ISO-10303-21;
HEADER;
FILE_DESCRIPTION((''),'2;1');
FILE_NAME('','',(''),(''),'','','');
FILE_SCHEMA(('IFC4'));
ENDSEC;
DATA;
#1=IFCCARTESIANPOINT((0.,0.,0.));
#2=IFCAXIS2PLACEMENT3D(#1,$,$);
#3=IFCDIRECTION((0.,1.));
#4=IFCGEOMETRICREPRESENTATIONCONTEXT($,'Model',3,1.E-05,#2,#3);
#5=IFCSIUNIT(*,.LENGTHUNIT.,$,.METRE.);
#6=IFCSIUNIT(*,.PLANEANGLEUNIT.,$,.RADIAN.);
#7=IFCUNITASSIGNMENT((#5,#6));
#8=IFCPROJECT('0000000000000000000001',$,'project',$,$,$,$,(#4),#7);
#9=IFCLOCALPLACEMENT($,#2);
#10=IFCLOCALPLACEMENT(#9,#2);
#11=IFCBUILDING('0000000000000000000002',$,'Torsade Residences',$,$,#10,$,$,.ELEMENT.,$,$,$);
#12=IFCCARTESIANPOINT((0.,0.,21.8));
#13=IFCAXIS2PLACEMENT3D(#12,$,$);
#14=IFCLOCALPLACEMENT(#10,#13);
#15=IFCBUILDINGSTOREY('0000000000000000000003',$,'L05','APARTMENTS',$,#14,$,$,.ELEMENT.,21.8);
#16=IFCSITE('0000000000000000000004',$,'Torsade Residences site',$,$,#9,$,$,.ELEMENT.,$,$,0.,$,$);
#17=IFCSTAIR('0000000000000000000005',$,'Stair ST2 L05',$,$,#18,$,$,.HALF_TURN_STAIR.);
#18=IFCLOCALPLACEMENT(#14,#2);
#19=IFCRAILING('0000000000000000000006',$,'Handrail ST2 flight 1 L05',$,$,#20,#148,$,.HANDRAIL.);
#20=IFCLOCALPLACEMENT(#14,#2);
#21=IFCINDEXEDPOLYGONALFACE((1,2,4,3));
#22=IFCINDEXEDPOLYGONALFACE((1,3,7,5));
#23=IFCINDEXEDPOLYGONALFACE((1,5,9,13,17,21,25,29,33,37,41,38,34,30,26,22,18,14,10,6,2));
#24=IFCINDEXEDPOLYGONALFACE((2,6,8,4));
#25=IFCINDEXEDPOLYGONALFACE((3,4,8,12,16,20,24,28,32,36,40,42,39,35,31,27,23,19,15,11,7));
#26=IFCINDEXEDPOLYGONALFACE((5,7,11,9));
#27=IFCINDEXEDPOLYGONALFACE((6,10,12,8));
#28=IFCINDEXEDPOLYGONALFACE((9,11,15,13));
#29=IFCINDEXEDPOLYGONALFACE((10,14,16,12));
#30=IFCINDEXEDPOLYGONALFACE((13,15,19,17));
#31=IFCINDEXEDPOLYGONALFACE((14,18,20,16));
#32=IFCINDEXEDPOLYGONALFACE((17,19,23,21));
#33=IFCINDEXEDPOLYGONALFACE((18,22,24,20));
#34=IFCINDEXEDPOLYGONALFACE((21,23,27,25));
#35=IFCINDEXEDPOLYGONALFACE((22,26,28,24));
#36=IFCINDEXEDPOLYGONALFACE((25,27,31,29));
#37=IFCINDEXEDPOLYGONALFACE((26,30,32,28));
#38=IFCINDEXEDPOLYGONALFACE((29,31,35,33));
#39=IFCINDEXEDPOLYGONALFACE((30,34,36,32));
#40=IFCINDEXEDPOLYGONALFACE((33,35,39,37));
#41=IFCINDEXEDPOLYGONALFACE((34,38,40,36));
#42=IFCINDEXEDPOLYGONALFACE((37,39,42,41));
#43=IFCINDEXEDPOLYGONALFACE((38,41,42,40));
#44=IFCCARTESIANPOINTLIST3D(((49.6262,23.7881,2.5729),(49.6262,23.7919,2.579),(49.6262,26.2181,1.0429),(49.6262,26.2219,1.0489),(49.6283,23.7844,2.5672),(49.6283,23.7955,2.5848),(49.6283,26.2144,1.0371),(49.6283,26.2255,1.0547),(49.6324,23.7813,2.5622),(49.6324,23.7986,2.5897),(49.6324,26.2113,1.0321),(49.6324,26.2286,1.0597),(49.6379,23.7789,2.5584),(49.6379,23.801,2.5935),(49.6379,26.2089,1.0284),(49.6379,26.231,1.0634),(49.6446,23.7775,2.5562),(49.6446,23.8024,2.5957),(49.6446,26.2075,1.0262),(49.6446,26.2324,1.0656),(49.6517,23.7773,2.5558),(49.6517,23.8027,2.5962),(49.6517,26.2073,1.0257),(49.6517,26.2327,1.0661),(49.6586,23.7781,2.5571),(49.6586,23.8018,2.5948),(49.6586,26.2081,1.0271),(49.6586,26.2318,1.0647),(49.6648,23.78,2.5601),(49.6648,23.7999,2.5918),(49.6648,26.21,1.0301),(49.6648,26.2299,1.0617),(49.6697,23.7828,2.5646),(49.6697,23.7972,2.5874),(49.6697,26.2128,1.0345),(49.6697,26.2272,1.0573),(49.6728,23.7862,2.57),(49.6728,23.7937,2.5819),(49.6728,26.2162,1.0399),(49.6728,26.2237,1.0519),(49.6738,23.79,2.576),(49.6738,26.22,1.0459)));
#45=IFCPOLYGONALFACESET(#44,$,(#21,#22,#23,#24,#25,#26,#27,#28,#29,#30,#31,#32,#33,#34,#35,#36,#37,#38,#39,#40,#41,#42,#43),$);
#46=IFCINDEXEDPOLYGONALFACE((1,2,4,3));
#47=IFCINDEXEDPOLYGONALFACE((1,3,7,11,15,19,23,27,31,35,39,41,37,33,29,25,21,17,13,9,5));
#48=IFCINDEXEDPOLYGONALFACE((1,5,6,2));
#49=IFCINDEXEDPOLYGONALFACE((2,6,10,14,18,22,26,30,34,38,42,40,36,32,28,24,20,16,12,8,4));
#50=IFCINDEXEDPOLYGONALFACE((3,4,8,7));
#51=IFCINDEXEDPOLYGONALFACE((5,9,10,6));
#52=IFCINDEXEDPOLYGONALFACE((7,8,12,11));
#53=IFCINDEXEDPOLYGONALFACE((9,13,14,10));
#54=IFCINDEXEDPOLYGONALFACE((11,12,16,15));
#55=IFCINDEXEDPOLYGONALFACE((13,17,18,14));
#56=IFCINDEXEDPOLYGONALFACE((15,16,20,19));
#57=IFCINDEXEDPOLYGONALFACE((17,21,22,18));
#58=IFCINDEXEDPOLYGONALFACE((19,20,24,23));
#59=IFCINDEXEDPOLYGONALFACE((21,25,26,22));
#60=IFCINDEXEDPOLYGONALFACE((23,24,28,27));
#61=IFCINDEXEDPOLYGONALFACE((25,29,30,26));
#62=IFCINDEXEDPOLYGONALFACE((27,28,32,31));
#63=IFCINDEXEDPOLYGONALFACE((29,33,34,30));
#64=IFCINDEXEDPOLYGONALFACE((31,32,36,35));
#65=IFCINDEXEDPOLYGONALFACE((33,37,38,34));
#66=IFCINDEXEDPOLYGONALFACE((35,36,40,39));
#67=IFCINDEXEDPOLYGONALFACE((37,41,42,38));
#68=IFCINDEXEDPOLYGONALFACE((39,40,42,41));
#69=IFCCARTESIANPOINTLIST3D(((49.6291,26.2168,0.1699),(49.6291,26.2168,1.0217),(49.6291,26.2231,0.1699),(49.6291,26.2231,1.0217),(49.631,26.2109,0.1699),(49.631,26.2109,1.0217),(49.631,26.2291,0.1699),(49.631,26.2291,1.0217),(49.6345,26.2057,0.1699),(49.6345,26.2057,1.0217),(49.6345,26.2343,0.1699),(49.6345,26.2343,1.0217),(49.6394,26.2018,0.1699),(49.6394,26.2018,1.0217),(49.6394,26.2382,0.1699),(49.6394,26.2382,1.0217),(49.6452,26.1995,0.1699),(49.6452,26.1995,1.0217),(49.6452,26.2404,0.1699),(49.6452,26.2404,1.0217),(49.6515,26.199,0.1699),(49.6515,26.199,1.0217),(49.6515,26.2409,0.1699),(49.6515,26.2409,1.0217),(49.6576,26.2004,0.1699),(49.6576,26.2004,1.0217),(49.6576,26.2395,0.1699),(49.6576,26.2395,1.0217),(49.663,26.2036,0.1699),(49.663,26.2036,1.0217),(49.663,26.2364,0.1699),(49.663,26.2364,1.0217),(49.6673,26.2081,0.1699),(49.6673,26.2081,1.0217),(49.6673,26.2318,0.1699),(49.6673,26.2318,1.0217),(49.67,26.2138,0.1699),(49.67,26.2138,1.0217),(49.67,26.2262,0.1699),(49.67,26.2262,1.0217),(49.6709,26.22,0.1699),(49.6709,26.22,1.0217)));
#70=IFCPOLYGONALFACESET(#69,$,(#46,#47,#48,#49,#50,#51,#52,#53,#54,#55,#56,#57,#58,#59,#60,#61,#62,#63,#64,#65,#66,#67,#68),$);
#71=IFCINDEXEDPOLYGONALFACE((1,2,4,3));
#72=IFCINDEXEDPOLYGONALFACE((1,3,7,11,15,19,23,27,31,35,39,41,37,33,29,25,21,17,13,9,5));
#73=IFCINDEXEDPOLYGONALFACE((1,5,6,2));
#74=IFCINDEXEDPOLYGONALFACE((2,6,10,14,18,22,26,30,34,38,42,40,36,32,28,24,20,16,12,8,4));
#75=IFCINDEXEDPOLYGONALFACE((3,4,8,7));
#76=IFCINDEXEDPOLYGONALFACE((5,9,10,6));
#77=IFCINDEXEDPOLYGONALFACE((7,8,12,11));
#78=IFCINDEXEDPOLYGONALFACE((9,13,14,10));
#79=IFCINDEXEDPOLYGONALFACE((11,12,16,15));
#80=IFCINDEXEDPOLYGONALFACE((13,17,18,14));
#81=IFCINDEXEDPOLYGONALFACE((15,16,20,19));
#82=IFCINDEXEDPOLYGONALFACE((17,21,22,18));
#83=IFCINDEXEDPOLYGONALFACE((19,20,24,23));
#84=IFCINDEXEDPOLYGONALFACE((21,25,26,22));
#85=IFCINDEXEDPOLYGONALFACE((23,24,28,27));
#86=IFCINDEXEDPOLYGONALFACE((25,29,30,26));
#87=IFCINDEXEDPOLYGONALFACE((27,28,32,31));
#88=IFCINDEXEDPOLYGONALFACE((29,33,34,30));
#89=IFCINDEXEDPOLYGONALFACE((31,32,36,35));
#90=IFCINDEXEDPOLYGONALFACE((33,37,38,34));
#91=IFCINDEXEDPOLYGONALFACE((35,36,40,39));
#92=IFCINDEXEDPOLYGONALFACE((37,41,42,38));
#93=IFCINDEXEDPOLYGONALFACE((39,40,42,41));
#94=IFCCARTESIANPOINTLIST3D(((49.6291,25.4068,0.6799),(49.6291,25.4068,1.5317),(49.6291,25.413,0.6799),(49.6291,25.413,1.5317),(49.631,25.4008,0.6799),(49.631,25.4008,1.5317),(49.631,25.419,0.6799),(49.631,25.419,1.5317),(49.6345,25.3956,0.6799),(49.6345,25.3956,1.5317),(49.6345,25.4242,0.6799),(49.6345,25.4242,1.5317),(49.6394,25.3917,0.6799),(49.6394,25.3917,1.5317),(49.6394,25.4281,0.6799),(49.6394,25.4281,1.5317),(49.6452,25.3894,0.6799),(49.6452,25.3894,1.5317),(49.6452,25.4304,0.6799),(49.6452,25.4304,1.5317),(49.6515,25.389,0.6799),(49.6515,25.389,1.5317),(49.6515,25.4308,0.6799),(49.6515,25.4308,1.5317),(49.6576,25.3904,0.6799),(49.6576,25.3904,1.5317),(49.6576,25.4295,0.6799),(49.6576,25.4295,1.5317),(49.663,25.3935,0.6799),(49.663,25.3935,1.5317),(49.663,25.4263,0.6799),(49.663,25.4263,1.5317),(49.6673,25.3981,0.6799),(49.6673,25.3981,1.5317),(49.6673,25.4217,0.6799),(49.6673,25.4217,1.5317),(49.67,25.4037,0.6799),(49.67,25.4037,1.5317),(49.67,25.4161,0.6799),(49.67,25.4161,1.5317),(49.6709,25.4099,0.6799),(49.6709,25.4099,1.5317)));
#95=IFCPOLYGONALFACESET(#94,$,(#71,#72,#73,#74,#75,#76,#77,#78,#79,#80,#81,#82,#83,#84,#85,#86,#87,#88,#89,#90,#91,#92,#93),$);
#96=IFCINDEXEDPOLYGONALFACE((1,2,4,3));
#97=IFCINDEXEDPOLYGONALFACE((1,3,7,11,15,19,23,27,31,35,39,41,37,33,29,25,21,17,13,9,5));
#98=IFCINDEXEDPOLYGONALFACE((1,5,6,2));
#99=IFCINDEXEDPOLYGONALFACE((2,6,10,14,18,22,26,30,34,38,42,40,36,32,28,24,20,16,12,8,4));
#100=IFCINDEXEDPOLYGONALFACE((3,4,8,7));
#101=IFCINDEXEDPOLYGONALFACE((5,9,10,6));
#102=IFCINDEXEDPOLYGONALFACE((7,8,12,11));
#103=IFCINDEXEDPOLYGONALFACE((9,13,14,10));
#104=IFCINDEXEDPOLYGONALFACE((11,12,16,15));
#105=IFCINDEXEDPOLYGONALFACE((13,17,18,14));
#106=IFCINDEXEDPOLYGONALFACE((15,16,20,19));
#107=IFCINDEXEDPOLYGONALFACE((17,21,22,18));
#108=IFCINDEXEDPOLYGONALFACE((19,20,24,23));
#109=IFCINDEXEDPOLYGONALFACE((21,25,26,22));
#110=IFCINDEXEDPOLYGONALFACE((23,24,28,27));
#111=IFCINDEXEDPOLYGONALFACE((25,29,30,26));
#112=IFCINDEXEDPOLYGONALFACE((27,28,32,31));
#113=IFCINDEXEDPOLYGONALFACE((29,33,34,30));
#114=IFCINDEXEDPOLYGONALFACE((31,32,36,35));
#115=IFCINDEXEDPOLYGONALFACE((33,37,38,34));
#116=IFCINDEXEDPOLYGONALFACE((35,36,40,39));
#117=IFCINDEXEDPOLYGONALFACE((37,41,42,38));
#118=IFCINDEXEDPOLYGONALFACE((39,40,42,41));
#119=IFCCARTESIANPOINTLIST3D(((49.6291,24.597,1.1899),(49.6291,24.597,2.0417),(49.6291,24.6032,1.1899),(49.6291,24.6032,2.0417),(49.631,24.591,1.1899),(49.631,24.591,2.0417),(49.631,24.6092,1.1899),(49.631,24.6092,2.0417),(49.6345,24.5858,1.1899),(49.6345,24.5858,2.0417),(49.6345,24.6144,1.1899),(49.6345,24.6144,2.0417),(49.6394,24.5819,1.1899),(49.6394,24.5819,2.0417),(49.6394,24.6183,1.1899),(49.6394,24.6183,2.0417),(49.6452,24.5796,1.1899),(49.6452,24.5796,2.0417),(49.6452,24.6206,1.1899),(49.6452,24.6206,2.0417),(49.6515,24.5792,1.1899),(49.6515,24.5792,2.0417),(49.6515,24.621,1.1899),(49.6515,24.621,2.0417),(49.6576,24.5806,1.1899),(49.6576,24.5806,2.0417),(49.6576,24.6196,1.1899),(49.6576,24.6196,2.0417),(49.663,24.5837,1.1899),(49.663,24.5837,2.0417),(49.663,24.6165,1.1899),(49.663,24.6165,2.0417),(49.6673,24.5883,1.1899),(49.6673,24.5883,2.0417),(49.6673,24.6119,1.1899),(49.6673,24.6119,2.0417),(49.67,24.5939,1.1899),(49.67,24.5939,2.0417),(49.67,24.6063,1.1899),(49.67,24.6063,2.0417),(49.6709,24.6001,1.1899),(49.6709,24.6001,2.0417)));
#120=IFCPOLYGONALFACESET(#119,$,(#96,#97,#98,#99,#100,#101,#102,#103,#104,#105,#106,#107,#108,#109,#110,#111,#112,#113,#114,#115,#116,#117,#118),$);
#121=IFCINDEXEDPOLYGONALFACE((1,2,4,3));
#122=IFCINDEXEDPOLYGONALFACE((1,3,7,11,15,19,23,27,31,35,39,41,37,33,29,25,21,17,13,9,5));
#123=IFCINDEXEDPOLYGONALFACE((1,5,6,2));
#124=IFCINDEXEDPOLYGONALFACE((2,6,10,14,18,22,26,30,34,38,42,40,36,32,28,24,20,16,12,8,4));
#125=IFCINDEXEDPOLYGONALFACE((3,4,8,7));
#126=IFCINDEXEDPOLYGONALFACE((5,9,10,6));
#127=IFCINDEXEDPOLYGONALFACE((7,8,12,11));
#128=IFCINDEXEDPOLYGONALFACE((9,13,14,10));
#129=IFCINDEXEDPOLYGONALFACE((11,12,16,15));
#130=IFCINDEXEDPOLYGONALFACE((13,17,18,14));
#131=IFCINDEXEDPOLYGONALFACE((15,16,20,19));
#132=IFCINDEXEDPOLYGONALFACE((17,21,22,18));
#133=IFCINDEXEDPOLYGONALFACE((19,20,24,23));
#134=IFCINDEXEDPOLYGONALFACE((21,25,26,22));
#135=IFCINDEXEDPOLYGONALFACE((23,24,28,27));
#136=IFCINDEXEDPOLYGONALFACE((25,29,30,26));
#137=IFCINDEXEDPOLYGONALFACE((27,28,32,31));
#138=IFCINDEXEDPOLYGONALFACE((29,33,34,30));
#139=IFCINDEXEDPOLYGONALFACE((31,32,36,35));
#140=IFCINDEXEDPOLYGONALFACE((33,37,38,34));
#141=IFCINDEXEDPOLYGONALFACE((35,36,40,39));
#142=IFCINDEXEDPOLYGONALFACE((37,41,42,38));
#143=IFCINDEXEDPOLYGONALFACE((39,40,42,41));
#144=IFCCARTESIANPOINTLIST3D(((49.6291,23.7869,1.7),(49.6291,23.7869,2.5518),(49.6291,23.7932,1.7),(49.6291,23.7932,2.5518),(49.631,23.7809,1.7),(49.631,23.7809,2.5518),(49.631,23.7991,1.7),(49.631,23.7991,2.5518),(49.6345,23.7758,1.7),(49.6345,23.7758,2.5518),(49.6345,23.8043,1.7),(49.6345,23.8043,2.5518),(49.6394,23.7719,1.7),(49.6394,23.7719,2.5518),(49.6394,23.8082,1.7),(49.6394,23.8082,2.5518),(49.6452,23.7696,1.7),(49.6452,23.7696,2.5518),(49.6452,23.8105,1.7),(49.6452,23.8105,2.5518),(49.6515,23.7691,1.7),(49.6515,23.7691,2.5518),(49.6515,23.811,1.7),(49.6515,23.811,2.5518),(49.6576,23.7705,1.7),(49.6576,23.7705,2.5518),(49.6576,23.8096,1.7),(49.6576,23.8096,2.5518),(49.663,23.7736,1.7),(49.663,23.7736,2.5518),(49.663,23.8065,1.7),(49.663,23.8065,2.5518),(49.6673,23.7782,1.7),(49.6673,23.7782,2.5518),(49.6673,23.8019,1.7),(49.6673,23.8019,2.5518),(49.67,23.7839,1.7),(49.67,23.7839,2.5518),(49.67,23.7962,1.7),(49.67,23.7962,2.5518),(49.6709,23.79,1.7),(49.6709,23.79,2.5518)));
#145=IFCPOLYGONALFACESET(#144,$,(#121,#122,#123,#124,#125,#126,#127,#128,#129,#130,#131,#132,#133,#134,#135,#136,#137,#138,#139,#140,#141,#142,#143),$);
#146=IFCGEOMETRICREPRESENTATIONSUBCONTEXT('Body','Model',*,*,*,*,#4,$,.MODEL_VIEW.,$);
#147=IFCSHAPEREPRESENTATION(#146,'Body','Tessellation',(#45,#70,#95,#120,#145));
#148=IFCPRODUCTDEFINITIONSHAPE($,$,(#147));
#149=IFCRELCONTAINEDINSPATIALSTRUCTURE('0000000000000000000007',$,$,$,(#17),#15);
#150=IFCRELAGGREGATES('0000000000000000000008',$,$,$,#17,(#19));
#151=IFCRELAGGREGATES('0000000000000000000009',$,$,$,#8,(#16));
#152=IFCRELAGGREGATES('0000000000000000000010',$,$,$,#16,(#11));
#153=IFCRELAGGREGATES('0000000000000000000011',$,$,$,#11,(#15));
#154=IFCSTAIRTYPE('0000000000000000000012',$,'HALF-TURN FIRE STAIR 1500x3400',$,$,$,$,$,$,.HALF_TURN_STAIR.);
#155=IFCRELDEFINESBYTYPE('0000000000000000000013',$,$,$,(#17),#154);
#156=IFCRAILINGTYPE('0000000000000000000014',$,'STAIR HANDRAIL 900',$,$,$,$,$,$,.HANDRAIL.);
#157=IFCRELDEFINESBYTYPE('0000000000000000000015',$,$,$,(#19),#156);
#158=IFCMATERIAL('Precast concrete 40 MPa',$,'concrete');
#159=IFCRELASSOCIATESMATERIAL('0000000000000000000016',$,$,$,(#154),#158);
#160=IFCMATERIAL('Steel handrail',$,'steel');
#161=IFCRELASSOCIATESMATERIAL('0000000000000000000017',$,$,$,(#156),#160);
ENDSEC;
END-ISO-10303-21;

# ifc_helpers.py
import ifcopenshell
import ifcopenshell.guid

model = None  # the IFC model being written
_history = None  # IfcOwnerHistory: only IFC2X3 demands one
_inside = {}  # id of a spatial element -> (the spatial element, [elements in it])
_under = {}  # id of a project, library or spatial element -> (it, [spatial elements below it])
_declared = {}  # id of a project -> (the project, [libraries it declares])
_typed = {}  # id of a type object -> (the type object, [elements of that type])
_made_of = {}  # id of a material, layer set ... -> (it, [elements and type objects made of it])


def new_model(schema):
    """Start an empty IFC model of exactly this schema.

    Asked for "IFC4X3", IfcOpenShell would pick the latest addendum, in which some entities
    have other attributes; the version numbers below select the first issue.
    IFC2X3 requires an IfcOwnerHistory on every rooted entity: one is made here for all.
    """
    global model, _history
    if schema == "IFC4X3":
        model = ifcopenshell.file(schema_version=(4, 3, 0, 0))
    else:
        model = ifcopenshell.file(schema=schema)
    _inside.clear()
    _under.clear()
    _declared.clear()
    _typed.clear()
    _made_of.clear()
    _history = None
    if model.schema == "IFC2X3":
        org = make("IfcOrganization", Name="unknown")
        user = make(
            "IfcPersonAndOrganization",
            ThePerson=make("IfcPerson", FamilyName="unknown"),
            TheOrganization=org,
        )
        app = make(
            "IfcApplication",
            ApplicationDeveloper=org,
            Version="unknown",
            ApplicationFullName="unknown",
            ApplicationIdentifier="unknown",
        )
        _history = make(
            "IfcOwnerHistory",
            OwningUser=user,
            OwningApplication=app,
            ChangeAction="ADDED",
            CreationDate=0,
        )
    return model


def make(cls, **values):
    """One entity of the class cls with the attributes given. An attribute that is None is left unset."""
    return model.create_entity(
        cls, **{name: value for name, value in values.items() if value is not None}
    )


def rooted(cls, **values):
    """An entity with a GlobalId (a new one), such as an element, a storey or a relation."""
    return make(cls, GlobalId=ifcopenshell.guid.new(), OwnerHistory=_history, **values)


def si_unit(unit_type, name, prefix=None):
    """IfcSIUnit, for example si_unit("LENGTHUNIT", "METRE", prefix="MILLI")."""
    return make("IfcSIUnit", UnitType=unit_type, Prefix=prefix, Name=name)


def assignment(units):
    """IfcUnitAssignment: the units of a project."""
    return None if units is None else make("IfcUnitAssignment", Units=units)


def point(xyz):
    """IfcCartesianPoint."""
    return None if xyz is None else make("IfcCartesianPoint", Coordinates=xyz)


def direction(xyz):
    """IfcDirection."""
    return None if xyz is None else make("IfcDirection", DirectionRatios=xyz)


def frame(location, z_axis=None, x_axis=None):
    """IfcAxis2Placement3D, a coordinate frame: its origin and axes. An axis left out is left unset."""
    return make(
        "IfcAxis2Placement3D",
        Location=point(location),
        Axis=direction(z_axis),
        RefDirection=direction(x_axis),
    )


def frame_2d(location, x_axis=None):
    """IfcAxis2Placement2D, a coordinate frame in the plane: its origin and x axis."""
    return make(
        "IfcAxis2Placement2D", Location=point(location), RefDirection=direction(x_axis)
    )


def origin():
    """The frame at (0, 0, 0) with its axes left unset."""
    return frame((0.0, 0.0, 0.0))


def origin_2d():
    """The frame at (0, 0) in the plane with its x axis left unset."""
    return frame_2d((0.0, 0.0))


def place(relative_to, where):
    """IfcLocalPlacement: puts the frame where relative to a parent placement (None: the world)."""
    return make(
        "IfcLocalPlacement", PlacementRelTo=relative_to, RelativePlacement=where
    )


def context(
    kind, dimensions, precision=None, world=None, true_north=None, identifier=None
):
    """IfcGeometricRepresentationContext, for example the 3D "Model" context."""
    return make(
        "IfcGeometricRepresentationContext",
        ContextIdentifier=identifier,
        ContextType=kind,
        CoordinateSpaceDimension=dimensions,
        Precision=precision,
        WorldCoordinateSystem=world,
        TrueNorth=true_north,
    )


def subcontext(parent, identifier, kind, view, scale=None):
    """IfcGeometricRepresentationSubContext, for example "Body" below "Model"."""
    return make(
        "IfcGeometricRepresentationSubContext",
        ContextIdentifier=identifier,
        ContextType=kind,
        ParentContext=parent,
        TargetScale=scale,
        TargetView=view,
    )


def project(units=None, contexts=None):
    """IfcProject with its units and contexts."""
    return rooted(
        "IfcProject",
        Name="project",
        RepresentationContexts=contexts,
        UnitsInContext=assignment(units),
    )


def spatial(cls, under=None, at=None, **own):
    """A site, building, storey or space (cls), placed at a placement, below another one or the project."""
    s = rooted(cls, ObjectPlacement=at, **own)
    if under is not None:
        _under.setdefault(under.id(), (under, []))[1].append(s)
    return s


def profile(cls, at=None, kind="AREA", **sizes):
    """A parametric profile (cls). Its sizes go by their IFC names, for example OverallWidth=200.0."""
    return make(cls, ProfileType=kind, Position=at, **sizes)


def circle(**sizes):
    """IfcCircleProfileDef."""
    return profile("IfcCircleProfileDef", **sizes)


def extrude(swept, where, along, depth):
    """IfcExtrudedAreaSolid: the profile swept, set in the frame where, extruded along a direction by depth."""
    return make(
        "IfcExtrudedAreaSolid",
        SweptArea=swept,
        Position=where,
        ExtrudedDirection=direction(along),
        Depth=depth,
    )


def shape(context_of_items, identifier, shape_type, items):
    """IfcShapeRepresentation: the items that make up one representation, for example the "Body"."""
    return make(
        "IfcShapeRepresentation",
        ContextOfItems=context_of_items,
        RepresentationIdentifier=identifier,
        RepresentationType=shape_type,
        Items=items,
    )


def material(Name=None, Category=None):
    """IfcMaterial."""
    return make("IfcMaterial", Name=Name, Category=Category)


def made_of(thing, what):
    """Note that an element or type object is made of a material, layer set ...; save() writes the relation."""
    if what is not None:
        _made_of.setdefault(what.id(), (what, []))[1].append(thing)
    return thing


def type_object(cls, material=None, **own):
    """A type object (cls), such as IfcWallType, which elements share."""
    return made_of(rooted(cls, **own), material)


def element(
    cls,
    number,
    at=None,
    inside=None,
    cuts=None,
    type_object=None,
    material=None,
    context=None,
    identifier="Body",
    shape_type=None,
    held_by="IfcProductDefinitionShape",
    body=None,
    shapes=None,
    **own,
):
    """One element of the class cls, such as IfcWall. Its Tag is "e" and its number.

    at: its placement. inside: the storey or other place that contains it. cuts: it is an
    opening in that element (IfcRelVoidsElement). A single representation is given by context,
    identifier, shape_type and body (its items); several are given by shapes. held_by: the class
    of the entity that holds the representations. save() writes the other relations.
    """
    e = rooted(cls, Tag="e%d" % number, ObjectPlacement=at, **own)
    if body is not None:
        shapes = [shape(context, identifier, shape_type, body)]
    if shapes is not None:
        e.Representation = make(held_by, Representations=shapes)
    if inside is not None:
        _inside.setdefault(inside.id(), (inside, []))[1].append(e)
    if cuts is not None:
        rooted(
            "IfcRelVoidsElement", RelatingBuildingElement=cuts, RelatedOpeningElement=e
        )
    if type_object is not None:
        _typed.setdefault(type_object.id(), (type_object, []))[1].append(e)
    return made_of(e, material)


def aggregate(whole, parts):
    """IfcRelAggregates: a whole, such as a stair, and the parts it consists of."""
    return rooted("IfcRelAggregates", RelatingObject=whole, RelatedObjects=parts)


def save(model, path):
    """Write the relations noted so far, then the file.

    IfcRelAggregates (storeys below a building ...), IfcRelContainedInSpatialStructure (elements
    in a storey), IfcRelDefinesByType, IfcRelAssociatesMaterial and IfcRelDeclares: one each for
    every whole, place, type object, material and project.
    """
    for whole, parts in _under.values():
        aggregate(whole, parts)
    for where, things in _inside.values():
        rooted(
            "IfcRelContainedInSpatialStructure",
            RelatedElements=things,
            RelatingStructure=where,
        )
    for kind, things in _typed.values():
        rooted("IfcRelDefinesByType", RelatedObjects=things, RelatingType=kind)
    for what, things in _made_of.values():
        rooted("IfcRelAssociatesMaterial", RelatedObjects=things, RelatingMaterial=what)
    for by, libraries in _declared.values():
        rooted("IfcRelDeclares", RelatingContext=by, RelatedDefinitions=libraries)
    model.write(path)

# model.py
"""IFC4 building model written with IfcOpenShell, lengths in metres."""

from ifc_helpers import new_model, si_unit, direction, frame, origin, origin_2d, place, context, subcontext, project, spatial, circle, extrude, material, type_object, element, aggregate, save


model = new_model("IFC4")

# Units and contexts
model_context = context("Model", 3, precision=1e-05, world=origin(), true_north=direction((0.0, 1.0)))
body_context = subcontext(model_context, "Body", "Model", "MODEL_VIEW")
ifc_project = project(units=[si_unit("LENGTHUNIT", "METRE"), si_unit("PLANEANGLEUNIT", "RADIAN")], contexts=[model_context])

# Site, building, storey
site_placement = place(None, origin())
site = spatial("IfcSite", under=ifc_project, at=site_placement, Name="Torsade Residences site", CompositionType="ELEMENT", RefElevation=0.0)
building_placement = place(site_placement, origin())
building = spatial("IfcBuilding", under=site, at=building_placement, Name="Torsade Residences", CompositionType="ELEMENT")
storey_placement = place(building_placement, frame((0.0, 0.0, 21.8)))
storey = spatial("IfcBuildingStorey", under=building, at=storey_placement, Name="L05", Description="APARTMENTS", CompositionType="ELEMENT", Elevation=21.8)

# Stair, railing
ifc_material_1 = material(Name="Precast concrete 40 MPa", Category="concrete")
stair_type = type_object("IfcStairType", Name="HALF-TURN FIRE STAIR 1500x3400", PredefinedType="HALF_TURN_STAIR", material=ifc_material_1)
stair_placement = place(storey_placement, origin())
stair = element("IfcStair", 1, at=stair_placement, inside=storey, type_object=stair_type, Name="Stair ST2 L05", PredefinedType="HALF_TURN_STAIR")
ifc_material_2 = material(Name="Steel handrail", Category="steel")
railing_type = type_object("IfcRailingType", Name="STAIR HANDRAIL 900", PredefinedType="HANDRAIL", material=ifc_material_2)
railing_1_placement = place(storey_placement, frame((49.6499, 26.22, 0.1699)))
railing_1 = element("IfcRailing", 2, at=railing_1_placement, type_object=railing_type, Name="Handrail ST2 flight 1 L05", PredefinedType="HANDRAIL", context=body_context, shape_type="SweptSolid", body=[
    extrude(circle(Radius=0.0239, at=origin_2d()), frame((0.0, 0.0, 0.876), z_axis=(0.0, -0.846221, 0.532831), x_axis=(1.0, 0.0, 0.0)), (0.0, 0.0, 1.0), 2.8716),
    extrude(circle(Radius=0.021, at=origin_2d()), origin(), (0.0, 0.0, 1.0), 0.8518),
    extrude(circle(Radius=0.021, at=origin_2d()), frame((0.0, -0.8101, 0.51)), (0.0, 0.0, 1.0), 0.8518),
    extrude(circle(Radius=0.021, at=origin_2d()), frame((0.0, -1.6199, 1.02)), (0.0, 0.0, 1.0), 0.8518),
    extrude(circle(Radius=0.021, at=origin_2d()), frame((0.0, -2.4299, 1.53)), (0.0, 0.0, 1.0), 0.8518),
])
aggregate(stair, [railing_1])

save(model, "model.ifc")
